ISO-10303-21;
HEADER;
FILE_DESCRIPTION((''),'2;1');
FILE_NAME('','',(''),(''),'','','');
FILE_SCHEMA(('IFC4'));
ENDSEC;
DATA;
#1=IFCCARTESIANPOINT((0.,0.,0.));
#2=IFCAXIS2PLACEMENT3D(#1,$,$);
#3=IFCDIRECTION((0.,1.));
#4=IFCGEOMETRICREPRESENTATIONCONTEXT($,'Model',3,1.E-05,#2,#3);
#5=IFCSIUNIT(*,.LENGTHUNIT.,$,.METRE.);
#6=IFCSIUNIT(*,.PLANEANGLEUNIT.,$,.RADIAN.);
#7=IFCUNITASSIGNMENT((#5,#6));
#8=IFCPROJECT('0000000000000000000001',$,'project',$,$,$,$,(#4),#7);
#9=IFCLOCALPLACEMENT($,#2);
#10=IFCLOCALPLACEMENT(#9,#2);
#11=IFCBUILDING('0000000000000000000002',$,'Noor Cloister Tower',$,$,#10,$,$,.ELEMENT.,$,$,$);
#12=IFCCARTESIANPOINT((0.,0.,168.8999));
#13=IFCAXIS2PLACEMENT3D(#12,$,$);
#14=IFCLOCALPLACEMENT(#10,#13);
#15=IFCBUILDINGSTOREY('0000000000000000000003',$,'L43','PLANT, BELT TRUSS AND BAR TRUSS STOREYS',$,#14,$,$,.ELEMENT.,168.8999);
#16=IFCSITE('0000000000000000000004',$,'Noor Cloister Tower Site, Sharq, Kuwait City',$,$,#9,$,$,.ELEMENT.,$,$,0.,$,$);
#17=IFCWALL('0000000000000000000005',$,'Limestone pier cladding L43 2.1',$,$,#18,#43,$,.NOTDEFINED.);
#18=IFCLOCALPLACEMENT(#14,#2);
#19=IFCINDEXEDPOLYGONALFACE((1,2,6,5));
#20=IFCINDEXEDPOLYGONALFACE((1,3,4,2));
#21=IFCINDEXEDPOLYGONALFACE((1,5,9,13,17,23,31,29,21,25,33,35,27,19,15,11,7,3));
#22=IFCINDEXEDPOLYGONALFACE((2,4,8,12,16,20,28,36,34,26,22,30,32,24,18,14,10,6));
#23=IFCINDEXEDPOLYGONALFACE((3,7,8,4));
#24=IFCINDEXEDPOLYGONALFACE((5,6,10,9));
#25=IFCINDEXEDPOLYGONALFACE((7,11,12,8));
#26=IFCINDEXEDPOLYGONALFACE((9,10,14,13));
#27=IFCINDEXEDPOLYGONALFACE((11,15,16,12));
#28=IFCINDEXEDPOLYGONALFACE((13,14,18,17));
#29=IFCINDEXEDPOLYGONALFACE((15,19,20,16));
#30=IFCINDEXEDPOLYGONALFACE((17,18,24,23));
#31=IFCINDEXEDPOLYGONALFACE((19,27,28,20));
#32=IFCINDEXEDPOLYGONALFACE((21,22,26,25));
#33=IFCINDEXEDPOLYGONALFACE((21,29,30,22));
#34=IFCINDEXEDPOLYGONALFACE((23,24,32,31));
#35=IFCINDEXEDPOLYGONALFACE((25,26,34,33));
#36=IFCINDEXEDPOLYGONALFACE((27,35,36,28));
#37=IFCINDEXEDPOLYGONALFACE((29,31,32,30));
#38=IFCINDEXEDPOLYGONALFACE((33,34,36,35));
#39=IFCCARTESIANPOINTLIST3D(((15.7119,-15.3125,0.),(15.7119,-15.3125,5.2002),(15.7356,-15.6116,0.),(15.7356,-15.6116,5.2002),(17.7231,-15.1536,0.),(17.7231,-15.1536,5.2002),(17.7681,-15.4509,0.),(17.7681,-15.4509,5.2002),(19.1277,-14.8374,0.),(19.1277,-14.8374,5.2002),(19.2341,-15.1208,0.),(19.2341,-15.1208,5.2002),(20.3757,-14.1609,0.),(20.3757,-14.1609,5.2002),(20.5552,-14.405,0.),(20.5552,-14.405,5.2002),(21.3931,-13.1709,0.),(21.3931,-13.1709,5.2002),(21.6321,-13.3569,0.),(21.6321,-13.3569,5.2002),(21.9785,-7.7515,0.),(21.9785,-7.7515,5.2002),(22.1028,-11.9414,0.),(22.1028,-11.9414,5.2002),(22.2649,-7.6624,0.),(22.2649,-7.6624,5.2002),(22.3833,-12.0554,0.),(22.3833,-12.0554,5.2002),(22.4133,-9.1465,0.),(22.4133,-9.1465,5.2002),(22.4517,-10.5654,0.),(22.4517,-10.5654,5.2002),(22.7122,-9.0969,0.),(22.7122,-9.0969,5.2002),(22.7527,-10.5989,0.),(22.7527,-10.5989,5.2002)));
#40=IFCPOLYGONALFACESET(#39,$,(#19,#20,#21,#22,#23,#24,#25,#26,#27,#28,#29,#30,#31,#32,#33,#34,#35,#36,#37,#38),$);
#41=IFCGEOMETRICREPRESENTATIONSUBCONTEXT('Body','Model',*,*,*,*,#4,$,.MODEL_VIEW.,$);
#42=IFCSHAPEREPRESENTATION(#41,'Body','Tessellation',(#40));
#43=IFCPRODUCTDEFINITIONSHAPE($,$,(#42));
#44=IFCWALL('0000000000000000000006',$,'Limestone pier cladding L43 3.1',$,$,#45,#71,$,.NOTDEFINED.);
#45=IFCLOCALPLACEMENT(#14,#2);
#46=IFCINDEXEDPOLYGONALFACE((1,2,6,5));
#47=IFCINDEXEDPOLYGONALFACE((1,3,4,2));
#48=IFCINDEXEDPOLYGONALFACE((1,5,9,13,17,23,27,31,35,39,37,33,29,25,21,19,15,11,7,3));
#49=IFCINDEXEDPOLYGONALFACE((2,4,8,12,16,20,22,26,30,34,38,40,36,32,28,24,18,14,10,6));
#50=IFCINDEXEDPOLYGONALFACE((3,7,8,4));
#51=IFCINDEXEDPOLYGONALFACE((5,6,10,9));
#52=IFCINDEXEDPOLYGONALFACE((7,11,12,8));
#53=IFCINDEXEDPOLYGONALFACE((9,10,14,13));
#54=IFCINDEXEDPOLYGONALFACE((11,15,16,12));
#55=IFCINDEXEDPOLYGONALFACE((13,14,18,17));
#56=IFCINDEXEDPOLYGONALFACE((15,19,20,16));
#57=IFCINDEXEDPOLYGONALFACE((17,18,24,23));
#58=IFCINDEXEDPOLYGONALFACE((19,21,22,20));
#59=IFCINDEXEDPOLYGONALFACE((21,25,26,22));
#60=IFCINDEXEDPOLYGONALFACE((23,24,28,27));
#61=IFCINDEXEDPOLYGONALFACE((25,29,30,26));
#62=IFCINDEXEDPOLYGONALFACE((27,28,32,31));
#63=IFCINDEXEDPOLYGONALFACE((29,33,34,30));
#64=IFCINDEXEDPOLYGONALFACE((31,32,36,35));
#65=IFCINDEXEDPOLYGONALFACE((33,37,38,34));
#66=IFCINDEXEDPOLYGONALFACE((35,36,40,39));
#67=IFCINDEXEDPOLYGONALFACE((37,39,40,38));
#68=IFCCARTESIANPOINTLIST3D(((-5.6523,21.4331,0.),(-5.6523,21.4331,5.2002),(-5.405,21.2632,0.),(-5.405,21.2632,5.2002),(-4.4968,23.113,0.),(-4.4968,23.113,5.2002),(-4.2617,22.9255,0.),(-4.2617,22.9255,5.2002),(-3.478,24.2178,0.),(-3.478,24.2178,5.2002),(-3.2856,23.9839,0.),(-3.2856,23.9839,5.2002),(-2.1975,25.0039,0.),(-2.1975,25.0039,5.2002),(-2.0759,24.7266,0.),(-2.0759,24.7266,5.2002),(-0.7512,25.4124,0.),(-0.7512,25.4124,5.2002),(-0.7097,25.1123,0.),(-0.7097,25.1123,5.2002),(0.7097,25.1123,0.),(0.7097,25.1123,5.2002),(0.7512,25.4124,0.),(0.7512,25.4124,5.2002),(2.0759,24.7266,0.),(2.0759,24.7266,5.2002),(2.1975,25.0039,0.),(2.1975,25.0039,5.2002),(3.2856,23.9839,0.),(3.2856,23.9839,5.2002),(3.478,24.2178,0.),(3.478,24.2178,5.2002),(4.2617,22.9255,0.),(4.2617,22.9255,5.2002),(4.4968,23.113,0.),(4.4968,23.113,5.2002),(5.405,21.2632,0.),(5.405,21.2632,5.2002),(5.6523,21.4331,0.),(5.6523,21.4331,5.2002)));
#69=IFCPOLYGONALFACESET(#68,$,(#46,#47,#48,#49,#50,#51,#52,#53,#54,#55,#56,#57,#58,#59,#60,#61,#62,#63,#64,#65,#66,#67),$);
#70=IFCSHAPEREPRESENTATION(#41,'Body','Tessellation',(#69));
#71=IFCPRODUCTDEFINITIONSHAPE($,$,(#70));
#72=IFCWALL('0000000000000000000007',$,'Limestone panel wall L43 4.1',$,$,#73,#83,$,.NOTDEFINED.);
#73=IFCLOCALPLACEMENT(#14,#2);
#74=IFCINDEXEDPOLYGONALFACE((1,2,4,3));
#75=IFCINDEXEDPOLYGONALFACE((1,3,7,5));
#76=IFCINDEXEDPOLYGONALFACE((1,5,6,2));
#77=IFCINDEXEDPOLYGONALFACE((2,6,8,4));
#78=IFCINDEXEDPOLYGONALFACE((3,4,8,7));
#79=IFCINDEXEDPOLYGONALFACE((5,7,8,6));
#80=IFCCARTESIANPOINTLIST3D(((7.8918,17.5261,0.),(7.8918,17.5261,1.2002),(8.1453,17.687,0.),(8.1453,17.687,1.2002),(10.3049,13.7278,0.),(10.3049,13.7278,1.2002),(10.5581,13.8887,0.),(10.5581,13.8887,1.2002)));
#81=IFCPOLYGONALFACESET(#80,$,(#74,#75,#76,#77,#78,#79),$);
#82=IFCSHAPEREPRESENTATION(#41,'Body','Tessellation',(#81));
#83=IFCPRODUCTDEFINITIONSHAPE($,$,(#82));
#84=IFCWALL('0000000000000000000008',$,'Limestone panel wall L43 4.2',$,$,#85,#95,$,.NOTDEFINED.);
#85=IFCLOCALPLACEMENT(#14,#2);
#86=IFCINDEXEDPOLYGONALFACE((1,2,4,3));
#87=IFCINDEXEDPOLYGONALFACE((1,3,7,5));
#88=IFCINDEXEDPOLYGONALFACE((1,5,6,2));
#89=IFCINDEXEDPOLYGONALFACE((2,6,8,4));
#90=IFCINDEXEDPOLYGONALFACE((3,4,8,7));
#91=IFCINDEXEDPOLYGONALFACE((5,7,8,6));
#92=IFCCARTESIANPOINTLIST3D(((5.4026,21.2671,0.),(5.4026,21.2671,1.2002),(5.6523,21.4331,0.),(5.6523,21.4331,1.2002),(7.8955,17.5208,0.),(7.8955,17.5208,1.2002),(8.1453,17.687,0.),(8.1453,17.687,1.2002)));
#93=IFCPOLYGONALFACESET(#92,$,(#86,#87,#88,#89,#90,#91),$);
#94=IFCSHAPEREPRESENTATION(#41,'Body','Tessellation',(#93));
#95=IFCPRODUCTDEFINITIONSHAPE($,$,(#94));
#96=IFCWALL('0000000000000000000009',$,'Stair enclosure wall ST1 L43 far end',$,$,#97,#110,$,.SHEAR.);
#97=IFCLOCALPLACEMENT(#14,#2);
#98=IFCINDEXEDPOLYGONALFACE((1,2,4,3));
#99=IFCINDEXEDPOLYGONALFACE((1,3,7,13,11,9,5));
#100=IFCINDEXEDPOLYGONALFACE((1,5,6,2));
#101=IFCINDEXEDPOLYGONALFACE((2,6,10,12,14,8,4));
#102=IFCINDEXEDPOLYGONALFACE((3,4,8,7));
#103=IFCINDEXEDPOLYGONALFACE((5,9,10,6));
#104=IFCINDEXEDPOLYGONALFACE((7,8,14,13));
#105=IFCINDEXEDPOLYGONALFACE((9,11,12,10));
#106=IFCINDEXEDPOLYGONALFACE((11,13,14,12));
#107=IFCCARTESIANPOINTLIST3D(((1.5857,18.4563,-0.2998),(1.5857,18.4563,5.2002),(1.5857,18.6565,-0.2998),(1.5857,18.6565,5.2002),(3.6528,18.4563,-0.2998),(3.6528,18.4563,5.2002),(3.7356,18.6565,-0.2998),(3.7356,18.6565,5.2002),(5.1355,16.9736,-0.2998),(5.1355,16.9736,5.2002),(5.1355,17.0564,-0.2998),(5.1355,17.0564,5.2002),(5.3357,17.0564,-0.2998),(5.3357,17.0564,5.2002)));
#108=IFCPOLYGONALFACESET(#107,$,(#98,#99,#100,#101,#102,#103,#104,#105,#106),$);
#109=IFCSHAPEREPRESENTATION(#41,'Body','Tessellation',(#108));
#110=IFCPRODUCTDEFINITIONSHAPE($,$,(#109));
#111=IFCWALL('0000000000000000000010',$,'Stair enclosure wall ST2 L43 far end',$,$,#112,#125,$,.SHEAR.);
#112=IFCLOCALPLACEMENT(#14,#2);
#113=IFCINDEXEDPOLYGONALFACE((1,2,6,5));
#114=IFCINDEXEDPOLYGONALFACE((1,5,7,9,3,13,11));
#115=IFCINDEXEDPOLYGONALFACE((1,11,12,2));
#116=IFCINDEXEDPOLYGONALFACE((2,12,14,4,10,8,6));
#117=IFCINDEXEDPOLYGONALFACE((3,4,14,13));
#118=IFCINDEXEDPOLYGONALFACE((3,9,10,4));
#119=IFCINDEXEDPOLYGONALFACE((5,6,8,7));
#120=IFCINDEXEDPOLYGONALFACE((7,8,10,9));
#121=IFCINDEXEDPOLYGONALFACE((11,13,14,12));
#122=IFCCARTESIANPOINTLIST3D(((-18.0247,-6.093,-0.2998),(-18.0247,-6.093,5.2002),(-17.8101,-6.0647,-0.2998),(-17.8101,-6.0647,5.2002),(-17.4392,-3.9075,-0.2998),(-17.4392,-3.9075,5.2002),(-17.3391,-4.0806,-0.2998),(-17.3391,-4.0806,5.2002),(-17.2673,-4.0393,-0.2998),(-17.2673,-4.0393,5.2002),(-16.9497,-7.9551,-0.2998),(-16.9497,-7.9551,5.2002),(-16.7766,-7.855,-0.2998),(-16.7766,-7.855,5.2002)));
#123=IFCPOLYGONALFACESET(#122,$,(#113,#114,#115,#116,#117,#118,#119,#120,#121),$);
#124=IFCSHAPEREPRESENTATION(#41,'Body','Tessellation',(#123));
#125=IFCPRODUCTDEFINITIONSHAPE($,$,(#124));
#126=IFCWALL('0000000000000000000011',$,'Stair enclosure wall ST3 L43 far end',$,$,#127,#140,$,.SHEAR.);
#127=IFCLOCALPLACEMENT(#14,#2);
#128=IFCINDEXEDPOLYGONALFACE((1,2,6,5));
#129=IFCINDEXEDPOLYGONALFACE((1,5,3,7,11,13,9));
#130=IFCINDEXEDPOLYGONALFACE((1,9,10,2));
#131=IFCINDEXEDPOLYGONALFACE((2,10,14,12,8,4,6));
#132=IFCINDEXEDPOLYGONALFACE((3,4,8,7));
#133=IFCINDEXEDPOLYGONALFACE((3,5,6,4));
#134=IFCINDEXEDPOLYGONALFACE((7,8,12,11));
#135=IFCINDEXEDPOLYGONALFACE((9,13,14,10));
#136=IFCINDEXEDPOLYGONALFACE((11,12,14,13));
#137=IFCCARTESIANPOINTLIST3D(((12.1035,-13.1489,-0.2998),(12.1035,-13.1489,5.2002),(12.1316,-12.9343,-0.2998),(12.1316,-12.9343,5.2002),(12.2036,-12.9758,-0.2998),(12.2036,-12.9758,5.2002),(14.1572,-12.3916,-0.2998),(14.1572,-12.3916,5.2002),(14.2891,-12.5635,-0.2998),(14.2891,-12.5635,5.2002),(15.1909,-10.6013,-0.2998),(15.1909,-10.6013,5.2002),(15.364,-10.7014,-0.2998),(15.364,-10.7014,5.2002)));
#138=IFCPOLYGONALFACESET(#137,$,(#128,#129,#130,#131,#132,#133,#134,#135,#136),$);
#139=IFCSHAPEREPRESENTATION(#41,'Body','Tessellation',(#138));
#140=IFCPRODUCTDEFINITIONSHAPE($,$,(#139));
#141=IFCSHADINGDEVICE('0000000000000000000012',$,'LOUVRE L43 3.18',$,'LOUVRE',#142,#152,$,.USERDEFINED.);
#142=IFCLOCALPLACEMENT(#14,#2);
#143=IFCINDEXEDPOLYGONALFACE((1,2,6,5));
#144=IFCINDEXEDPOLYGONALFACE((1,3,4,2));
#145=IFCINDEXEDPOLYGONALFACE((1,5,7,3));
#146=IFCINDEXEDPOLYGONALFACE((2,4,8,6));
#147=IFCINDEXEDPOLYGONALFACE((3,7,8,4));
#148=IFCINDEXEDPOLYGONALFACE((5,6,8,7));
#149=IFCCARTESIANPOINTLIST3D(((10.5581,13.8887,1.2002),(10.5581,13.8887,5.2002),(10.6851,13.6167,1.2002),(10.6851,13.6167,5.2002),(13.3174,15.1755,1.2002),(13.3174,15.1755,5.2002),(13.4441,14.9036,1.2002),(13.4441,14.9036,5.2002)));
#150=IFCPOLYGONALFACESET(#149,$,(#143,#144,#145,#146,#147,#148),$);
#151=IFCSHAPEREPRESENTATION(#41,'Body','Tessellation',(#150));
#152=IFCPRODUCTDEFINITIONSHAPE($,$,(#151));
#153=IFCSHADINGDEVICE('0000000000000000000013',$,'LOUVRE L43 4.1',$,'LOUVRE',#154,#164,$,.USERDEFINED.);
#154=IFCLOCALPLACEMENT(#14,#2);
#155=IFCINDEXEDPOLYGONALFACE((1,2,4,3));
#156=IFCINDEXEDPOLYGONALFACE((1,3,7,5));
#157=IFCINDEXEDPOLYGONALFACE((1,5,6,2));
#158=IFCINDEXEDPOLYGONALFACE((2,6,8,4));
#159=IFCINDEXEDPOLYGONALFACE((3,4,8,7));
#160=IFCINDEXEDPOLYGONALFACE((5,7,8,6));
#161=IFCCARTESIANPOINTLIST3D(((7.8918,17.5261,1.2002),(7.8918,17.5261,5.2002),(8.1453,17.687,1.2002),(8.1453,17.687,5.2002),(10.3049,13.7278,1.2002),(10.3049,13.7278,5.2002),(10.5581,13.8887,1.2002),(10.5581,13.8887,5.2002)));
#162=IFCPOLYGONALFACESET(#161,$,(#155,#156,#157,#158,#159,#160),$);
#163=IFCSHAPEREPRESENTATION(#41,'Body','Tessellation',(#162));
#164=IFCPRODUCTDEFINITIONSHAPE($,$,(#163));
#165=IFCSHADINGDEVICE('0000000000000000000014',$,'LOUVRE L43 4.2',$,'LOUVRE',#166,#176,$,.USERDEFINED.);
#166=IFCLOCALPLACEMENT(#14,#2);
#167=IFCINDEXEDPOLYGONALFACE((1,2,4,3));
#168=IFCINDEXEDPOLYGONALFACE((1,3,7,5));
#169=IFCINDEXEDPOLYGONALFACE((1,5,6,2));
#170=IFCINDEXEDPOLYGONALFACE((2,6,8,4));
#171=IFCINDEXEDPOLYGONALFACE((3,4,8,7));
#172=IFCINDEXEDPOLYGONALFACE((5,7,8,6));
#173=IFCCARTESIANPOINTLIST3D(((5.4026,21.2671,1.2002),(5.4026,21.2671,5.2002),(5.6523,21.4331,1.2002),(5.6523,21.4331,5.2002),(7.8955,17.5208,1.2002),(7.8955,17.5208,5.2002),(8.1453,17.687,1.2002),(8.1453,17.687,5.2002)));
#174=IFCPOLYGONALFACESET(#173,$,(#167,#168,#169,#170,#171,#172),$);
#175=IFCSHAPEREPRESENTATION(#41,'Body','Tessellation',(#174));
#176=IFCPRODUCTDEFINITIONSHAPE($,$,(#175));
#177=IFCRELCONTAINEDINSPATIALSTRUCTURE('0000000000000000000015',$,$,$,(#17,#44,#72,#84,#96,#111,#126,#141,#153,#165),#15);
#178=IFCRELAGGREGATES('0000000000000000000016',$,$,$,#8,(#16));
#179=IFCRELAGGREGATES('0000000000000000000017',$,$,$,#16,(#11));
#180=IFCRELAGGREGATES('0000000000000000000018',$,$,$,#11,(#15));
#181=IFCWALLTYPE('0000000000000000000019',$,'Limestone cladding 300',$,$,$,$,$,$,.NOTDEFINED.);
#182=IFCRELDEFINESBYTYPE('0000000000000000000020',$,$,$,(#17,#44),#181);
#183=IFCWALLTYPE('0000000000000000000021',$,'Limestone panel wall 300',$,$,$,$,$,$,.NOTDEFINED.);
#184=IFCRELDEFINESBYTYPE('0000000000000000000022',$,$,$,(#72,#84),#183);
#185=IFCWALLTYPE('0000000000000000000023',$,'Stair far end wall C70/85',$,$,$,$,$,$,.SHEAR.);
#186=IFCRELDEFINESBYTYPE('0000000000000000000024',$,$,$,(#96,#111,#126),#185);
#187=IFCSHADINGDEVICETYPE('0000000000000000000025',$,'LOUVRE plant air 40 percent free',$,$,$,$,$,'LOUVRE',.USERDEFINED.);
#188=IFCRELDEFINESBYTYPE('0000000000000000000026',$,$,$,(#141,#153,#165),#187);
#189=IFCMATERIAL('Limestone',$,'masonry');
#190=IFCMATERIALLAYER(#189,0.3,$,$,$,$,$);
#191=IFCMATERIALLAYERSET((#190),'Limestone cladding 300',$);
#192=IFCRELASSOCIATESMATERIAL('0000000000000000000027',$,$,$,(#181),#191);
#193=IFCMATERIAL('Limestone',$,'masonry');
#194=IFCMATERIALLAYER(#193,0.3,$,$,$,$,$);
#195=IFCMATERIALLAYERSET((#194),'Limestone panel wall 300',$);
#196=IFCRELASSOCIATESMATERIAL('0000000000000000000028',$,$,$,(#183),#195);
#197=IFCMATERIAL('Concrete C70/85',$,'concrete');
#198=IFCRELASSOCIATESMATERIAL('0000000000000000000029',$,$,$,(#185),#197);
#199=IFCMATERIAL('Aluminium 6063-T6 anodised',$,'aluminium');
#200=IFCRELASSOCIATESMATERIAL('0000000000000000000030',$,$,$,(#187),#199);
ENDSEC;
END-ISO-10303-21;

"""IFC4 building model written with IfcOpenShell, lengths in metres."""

from ifc_helpers import new_model, si_unit, direction, frame, origin, place, context, subcontext, project, spatial, polyline, outline, extrude, material, layer, layer_set, type_object, element, save


model = new_model("IFC4")

# Units and contexts
model_context = context("Model", 3, precision=1e-05, world=origin(), true_north=direction((0.0, 1.0)))
body_context = subcontext(model_context, "Body", "Model", "MODEL_VIEW")
ifc_project = project(units=[si_unit("LENGTHUNIT", "METRE"), si_unit("PLANEANGLEUNIT", "RADIAN")], contexts=[model_context])

# Site, building, storey
site_placement = place(None, origin())
site = spatial("IfcSite", under=ifc_project, at=site_placement, Name="Noor Cloister Tower Site, Sharq, Kuwait City", CompositionType="ELEMENT", RefElevation=0.0)
building_placement = place(site_placement, origin())
building = spatial("IfcBuilding", under=site, at=building_placement, Name="Noor Cloister Tower", CompositionType="ELEMENT")
storey_placement = place(building_placement, frame((0.0, 0.0, 168.8999)))
storey = spatial("IfcBuildingStorey", under=building, at=storey_placement, Name="L43", Description="PLANT, BELT TRUSS AND BAR TRUSS STOREYS", CompositionType="ELEMENT", Elevation=168.8999)

# Walls
ifc_material_1 = material(Name="Limestone", Category="masonry")
ifc_layer_1 = layer(ifc_material_1, 0.3)
ifc_layer_set_1 = layer_set([ifc_layer_1], Name="Limestone cladding 300")
wall_type_1 = type_object("IfcWallType", Name="Limestone cladding 300", PredefinedType="NOTDEFINED", material=ifc_layer_set_1)
wall_1_placement = place(storey_placement, origin())
element("IfcWall", 1, at=wall_1_placement, inside=storey, type_object=wall_type_1, Name="Limestone pier cladding L43 2.1", PredefinedType="NOTDEFINED", context=body_context, shape_type="SweptSolid", body=[
    extrude(outline(polyline([(15.7356, -15.6116), (17.7681, -15.4509), (19.2341, -15.1208), (20.5552, -14.405), (21.6321, -13.3569), (22.3833, -12.0554), (22.7527, -10.5989), (22.7122, -9.0969), (22.2649, -7.6624), (21.9785, -7.7515), (22.4133, -9.1465), (22.4517, -10.5654), (22.1028, -11.9414), (21.3931, -13.1709), (20.3757, -14.1609), (19.1277, -14.8374), (17.7231, -15.1536), (15.7119, -15.3125), (15.7356, -15.6116)])), origin(), (0.0, 0.0, 1.0), 5.2002),
])
wall_2_placement = place(storey_placement, origin())
element("IfcWall", 2, at=wall_2_placement, inside=storey, type_object=wall_type_1, Name="Limestone pier cladding L43 3.1", PredefinedType="NOTDEFINED", context=body_context, shape_type="SweptSolid", body=[
    extrude(outline(polyline([(5.6523, 21.4331), (4.4968, 23.113), (3.478, 24.2178), (2.1975, 25.0039), (0.7512, 25.4124), (-0.7512, 25.4124), (-2.1975, 25.0039), (-3.478, 24.2178), (-4.4968, 23.113), (-5.6523, 21.4331), (-5.405, 21.2632), (-4.2617, 22.9255), (-3.2856, 23.9839), (-2.0759, 24.7266), (-0.7097, 25.1123), (0.7097, 25.1123), (2.0759, 24.7266), (3.2856, 23.9839), (4.2617, 22.9255), (5.405, 21.2632), (5.6523, 21.4331)])), origin(), (0.0, 0.0, 1.0), 5.2002),
])
ifc_material_2 = material(Name="Limestone", Category="masonry")
ifc_layer_2 = layer(ifc_material_2, 0.3)
ifc_layer_set_2 = layer_set([ifc_layer_2], Name="Limestone panel wall 300")
wall_type_2 = type_object("IfcWallType", Name="Limestone panel wall 300", PredefinedType="NOTDEFINED", material=ifc_layer_set_2)
wall_3_placement = place(storey_placement, origin())
element("IfcWall", 3, at=wall_3_placement, inside=storey, type_object=wall_type_2, Name="Limestone panel wall L43 4.1", PredefinedType="NOTDEFINED", context=body_context, shape_type="SweptSolid", body=[
    extrude(outline(polyline([(10.5581, 13.8887), (8.1453, 17.687), (7.8918, 17.5261), (10.3049, 13.7278), (10.5581, 13.8887)])), origin(), (0.0, 0.0, 1.0), 1.2002),
])
wall_4_placement = place(storey_placement, origin())
element("IfcWall", 4, at=wall_4_placement, inside=storey, type_object=wall_type_2, Name="Limestone panel wall L43 4.2", PredefinedType="NOTDEFINED", context=body_context, shape_type="SweptSolid", body=[
    extrude(outline(polyline([(8.1453, 17.687), (5.6523, 21.4331), (5.4026, 21.2671), (7.8955, 17.5208), (8.1453, 17.687)])), origin(), (0.0, 0.0, 1.0), 1.2002),
])
ifc_material_3 = material(Name="Concrete C70/85", Category="concrete")
wall_type_3 = type_object("IfcWallType", Name="Stair far end wall C70/85", PredefinedType="SHEAR", material=ifc_material_3)
wall_5_placement = place(storey_placement, frame((0.0, 0.0, -0.2998)))
element("IfcWall", 5, at=wall_5_placement, inside=storey, type_object=wall_type_3, Name="Stair enclosure wall ST1 L43 far end", PredefinedType="SHEAR", context=body_context, shape_type="SweptSolid", body=[
    extrude(outline(polyline([(5.3357, 17.0564), (3.7356, 18.6565), (1.5857, 18.6565), (1.5857, 18.4563), (3.6528, 18.4563), (5.1355, 16.9736), (5.1355, 17.0564), (5.1355, 17.0564), (5.1355, 17.0564), (5.1355, 17.0564), (5.1355, 17.0564), (5.1355, 17.0564), (5.1355, 17.0564), (5.1355, 17.0564), (5.1355, 17.0564), (5.1355, 17.0564), (5.1355, 17.0564), (5.1355, 17.0564), (5.1355, 17.0564), (5.1355, 17.0564), (5.1355, 17.0564), (5.1355, 17.0564), (5.1355, 17.0564), (5.3357, 17.0564)])), origin(), (0.0, 0.0, 1.0), 5.5),
])
wall_6_placement = place(storey_placement, frame((0.0, 0.0, -0.2998)))
element("IfcWall", 6, at=wall_6_placement, inside=storey, type_object=wall_type_3, Name="Stair enclosure wall ST2 L43 far end", PredefinedType="SHEAR", context=body_context, shape_type="SweptSolid", body=[
    extrude(outline(polyline([(-17.4392, -3.9075), (-18.0247, -6.093), (-16.9497, -7.9551), (-16.7766, -7.855), (-17.8101, -6.0647), (-17.2673, -4.0393), (-17.3391, -4.0806), (-17.3391, -4.0806), (-17.3391, -4.0806), (-17.3391, -4.0806), (-17.3391, -4.0806), (-17.3391, -4.0806), (-17.3391, -4.0806), (-17.3391, -4.0806), (-17.3391, -4.0806), (-17.3391, -4.0806), (-17.3391, -4.0806), (-17.3391, -4.0806), (-17.3391, -4.0806), (-17.3391, -4.0806), (-17.3391, -4.0806), (-17.3391, -4.0806), (-17.3391, -4.0806), (-17.4392, -3.9075)])), origin(), (0.0, 0.0, 1.0), 5.5),
])
wall_7_placement = place(storey_placement, frame((0.0, 0.0, -0.2998)))
element("IfcWall", 7, at=wall_7_placement, inside=storey, type_object=wall_type_3, Name="Stair enclosure wall ST3 L43 far end", PredefinedType="SHEAR", context=body_context, shape_type="SweptSolid", body=[
    extrude(outline(polyline([(12.1035, -13.1489), (14.2891, -12.5635), (15.364, -10.7014), (15.1909, -10.6013), (14.1572, -12.3916), (12.1316, -12.9343), (12.2036, -12.9758), (12.2036, -12.9758), (12.2036, -12.9758), (12.2036, -12.9758), (12.2036, -12.9758), (12.2036, -12.9758), (12.2036, -12.9758), (12.2036, -12.9758), (12.2036, -12.9758), (12.2036, -12.9758), (12.2036, -12.9758), (12.2036, -12.9758), (12.2036, -12.9758), (12.2036, -12.9758), (12.2036, -12.9758), (12.2036, -12.9758), (12.2036, -12.9758), (12.1035, -13.1489)])), origin(), (0.0, 0.0, 1.0), 5.5),
])

# Shading devices
ifc_material_4 = material(Name="Aluminium 6063-T6 anodised", Category="aluminium")
shading_device_type_1 = type_object("IfcShadingDeviceType", Name="LOUVRE plant air 40 percent free", ElementType="LOUVRE", PredefinedType="USERDEFINED", material=ifc_material_4)
shading_device_1_placement = place(storey_placement, frame((0.0, 0.0, 1.2002)))
element("IfcShadingDevice", 8, at=shading_device_1_placement, inside=storey, type_object=shading_device_type_1, Name="LOUVRE L43 3.18", ObjectType="LOUVRE", PredefinedType="USERDEFINED", context=body_context, shape_type="SweptSolid", body=[
    extrude(outline(polyline([(13.3174, 15.1755), (10.5581, 13.8887), (10.6851, 13.6167), (13.4441, 14.9036), (13.3174, 15.1755)])), origin(), (0.0, 0.0, 1.0), 4.0),
])
shading_device_2_placement = place(storey_placement, frame((0.0, 0.0, 1.2002)))
element("IfcShadingDevice", 9, at=shading_device_2_placement, inside=storey, type_object=shading_device_type_1, Name="LOUVRE L43 4.1", ObjectType="LOUVRE", PredefinedType="USERDEFINED", context=body_context, shape_type="SweptSolid", body=[
    extrude(outline(polyline([(10.5581, 13.8887), (8.1453, 17.687), (7.8918, 17.5261), (10.3049, 13.7278), (10.5581, 13.8887)])), origin(), (0.0, 0.0, 1.0), 4.0),
])
shading_device_3_placement = place(storey_placement, frame((0.0, 0.0, 1.2002)))
element("IfcShadingDevice", 10, at=shading_device_3_placement, inside=storey, type_object=shading_device_type_1, Name="LOUVRE L43 4.2", ObjectType="LOUVRE", PredefinedType="USERDEFINED", context=body_context, shape_type="SweptSolid", body=[
    extrude(outline(polyline([(8.1453, 17.687), (5.6523, 21.4331), (5.4026, 21.2671), (7.8955, 17.5208), (8.1453, 17.687)])), origin(), (0.0, 0.0, 1.0), 4.0),
])

save(model, "model.ifc")
